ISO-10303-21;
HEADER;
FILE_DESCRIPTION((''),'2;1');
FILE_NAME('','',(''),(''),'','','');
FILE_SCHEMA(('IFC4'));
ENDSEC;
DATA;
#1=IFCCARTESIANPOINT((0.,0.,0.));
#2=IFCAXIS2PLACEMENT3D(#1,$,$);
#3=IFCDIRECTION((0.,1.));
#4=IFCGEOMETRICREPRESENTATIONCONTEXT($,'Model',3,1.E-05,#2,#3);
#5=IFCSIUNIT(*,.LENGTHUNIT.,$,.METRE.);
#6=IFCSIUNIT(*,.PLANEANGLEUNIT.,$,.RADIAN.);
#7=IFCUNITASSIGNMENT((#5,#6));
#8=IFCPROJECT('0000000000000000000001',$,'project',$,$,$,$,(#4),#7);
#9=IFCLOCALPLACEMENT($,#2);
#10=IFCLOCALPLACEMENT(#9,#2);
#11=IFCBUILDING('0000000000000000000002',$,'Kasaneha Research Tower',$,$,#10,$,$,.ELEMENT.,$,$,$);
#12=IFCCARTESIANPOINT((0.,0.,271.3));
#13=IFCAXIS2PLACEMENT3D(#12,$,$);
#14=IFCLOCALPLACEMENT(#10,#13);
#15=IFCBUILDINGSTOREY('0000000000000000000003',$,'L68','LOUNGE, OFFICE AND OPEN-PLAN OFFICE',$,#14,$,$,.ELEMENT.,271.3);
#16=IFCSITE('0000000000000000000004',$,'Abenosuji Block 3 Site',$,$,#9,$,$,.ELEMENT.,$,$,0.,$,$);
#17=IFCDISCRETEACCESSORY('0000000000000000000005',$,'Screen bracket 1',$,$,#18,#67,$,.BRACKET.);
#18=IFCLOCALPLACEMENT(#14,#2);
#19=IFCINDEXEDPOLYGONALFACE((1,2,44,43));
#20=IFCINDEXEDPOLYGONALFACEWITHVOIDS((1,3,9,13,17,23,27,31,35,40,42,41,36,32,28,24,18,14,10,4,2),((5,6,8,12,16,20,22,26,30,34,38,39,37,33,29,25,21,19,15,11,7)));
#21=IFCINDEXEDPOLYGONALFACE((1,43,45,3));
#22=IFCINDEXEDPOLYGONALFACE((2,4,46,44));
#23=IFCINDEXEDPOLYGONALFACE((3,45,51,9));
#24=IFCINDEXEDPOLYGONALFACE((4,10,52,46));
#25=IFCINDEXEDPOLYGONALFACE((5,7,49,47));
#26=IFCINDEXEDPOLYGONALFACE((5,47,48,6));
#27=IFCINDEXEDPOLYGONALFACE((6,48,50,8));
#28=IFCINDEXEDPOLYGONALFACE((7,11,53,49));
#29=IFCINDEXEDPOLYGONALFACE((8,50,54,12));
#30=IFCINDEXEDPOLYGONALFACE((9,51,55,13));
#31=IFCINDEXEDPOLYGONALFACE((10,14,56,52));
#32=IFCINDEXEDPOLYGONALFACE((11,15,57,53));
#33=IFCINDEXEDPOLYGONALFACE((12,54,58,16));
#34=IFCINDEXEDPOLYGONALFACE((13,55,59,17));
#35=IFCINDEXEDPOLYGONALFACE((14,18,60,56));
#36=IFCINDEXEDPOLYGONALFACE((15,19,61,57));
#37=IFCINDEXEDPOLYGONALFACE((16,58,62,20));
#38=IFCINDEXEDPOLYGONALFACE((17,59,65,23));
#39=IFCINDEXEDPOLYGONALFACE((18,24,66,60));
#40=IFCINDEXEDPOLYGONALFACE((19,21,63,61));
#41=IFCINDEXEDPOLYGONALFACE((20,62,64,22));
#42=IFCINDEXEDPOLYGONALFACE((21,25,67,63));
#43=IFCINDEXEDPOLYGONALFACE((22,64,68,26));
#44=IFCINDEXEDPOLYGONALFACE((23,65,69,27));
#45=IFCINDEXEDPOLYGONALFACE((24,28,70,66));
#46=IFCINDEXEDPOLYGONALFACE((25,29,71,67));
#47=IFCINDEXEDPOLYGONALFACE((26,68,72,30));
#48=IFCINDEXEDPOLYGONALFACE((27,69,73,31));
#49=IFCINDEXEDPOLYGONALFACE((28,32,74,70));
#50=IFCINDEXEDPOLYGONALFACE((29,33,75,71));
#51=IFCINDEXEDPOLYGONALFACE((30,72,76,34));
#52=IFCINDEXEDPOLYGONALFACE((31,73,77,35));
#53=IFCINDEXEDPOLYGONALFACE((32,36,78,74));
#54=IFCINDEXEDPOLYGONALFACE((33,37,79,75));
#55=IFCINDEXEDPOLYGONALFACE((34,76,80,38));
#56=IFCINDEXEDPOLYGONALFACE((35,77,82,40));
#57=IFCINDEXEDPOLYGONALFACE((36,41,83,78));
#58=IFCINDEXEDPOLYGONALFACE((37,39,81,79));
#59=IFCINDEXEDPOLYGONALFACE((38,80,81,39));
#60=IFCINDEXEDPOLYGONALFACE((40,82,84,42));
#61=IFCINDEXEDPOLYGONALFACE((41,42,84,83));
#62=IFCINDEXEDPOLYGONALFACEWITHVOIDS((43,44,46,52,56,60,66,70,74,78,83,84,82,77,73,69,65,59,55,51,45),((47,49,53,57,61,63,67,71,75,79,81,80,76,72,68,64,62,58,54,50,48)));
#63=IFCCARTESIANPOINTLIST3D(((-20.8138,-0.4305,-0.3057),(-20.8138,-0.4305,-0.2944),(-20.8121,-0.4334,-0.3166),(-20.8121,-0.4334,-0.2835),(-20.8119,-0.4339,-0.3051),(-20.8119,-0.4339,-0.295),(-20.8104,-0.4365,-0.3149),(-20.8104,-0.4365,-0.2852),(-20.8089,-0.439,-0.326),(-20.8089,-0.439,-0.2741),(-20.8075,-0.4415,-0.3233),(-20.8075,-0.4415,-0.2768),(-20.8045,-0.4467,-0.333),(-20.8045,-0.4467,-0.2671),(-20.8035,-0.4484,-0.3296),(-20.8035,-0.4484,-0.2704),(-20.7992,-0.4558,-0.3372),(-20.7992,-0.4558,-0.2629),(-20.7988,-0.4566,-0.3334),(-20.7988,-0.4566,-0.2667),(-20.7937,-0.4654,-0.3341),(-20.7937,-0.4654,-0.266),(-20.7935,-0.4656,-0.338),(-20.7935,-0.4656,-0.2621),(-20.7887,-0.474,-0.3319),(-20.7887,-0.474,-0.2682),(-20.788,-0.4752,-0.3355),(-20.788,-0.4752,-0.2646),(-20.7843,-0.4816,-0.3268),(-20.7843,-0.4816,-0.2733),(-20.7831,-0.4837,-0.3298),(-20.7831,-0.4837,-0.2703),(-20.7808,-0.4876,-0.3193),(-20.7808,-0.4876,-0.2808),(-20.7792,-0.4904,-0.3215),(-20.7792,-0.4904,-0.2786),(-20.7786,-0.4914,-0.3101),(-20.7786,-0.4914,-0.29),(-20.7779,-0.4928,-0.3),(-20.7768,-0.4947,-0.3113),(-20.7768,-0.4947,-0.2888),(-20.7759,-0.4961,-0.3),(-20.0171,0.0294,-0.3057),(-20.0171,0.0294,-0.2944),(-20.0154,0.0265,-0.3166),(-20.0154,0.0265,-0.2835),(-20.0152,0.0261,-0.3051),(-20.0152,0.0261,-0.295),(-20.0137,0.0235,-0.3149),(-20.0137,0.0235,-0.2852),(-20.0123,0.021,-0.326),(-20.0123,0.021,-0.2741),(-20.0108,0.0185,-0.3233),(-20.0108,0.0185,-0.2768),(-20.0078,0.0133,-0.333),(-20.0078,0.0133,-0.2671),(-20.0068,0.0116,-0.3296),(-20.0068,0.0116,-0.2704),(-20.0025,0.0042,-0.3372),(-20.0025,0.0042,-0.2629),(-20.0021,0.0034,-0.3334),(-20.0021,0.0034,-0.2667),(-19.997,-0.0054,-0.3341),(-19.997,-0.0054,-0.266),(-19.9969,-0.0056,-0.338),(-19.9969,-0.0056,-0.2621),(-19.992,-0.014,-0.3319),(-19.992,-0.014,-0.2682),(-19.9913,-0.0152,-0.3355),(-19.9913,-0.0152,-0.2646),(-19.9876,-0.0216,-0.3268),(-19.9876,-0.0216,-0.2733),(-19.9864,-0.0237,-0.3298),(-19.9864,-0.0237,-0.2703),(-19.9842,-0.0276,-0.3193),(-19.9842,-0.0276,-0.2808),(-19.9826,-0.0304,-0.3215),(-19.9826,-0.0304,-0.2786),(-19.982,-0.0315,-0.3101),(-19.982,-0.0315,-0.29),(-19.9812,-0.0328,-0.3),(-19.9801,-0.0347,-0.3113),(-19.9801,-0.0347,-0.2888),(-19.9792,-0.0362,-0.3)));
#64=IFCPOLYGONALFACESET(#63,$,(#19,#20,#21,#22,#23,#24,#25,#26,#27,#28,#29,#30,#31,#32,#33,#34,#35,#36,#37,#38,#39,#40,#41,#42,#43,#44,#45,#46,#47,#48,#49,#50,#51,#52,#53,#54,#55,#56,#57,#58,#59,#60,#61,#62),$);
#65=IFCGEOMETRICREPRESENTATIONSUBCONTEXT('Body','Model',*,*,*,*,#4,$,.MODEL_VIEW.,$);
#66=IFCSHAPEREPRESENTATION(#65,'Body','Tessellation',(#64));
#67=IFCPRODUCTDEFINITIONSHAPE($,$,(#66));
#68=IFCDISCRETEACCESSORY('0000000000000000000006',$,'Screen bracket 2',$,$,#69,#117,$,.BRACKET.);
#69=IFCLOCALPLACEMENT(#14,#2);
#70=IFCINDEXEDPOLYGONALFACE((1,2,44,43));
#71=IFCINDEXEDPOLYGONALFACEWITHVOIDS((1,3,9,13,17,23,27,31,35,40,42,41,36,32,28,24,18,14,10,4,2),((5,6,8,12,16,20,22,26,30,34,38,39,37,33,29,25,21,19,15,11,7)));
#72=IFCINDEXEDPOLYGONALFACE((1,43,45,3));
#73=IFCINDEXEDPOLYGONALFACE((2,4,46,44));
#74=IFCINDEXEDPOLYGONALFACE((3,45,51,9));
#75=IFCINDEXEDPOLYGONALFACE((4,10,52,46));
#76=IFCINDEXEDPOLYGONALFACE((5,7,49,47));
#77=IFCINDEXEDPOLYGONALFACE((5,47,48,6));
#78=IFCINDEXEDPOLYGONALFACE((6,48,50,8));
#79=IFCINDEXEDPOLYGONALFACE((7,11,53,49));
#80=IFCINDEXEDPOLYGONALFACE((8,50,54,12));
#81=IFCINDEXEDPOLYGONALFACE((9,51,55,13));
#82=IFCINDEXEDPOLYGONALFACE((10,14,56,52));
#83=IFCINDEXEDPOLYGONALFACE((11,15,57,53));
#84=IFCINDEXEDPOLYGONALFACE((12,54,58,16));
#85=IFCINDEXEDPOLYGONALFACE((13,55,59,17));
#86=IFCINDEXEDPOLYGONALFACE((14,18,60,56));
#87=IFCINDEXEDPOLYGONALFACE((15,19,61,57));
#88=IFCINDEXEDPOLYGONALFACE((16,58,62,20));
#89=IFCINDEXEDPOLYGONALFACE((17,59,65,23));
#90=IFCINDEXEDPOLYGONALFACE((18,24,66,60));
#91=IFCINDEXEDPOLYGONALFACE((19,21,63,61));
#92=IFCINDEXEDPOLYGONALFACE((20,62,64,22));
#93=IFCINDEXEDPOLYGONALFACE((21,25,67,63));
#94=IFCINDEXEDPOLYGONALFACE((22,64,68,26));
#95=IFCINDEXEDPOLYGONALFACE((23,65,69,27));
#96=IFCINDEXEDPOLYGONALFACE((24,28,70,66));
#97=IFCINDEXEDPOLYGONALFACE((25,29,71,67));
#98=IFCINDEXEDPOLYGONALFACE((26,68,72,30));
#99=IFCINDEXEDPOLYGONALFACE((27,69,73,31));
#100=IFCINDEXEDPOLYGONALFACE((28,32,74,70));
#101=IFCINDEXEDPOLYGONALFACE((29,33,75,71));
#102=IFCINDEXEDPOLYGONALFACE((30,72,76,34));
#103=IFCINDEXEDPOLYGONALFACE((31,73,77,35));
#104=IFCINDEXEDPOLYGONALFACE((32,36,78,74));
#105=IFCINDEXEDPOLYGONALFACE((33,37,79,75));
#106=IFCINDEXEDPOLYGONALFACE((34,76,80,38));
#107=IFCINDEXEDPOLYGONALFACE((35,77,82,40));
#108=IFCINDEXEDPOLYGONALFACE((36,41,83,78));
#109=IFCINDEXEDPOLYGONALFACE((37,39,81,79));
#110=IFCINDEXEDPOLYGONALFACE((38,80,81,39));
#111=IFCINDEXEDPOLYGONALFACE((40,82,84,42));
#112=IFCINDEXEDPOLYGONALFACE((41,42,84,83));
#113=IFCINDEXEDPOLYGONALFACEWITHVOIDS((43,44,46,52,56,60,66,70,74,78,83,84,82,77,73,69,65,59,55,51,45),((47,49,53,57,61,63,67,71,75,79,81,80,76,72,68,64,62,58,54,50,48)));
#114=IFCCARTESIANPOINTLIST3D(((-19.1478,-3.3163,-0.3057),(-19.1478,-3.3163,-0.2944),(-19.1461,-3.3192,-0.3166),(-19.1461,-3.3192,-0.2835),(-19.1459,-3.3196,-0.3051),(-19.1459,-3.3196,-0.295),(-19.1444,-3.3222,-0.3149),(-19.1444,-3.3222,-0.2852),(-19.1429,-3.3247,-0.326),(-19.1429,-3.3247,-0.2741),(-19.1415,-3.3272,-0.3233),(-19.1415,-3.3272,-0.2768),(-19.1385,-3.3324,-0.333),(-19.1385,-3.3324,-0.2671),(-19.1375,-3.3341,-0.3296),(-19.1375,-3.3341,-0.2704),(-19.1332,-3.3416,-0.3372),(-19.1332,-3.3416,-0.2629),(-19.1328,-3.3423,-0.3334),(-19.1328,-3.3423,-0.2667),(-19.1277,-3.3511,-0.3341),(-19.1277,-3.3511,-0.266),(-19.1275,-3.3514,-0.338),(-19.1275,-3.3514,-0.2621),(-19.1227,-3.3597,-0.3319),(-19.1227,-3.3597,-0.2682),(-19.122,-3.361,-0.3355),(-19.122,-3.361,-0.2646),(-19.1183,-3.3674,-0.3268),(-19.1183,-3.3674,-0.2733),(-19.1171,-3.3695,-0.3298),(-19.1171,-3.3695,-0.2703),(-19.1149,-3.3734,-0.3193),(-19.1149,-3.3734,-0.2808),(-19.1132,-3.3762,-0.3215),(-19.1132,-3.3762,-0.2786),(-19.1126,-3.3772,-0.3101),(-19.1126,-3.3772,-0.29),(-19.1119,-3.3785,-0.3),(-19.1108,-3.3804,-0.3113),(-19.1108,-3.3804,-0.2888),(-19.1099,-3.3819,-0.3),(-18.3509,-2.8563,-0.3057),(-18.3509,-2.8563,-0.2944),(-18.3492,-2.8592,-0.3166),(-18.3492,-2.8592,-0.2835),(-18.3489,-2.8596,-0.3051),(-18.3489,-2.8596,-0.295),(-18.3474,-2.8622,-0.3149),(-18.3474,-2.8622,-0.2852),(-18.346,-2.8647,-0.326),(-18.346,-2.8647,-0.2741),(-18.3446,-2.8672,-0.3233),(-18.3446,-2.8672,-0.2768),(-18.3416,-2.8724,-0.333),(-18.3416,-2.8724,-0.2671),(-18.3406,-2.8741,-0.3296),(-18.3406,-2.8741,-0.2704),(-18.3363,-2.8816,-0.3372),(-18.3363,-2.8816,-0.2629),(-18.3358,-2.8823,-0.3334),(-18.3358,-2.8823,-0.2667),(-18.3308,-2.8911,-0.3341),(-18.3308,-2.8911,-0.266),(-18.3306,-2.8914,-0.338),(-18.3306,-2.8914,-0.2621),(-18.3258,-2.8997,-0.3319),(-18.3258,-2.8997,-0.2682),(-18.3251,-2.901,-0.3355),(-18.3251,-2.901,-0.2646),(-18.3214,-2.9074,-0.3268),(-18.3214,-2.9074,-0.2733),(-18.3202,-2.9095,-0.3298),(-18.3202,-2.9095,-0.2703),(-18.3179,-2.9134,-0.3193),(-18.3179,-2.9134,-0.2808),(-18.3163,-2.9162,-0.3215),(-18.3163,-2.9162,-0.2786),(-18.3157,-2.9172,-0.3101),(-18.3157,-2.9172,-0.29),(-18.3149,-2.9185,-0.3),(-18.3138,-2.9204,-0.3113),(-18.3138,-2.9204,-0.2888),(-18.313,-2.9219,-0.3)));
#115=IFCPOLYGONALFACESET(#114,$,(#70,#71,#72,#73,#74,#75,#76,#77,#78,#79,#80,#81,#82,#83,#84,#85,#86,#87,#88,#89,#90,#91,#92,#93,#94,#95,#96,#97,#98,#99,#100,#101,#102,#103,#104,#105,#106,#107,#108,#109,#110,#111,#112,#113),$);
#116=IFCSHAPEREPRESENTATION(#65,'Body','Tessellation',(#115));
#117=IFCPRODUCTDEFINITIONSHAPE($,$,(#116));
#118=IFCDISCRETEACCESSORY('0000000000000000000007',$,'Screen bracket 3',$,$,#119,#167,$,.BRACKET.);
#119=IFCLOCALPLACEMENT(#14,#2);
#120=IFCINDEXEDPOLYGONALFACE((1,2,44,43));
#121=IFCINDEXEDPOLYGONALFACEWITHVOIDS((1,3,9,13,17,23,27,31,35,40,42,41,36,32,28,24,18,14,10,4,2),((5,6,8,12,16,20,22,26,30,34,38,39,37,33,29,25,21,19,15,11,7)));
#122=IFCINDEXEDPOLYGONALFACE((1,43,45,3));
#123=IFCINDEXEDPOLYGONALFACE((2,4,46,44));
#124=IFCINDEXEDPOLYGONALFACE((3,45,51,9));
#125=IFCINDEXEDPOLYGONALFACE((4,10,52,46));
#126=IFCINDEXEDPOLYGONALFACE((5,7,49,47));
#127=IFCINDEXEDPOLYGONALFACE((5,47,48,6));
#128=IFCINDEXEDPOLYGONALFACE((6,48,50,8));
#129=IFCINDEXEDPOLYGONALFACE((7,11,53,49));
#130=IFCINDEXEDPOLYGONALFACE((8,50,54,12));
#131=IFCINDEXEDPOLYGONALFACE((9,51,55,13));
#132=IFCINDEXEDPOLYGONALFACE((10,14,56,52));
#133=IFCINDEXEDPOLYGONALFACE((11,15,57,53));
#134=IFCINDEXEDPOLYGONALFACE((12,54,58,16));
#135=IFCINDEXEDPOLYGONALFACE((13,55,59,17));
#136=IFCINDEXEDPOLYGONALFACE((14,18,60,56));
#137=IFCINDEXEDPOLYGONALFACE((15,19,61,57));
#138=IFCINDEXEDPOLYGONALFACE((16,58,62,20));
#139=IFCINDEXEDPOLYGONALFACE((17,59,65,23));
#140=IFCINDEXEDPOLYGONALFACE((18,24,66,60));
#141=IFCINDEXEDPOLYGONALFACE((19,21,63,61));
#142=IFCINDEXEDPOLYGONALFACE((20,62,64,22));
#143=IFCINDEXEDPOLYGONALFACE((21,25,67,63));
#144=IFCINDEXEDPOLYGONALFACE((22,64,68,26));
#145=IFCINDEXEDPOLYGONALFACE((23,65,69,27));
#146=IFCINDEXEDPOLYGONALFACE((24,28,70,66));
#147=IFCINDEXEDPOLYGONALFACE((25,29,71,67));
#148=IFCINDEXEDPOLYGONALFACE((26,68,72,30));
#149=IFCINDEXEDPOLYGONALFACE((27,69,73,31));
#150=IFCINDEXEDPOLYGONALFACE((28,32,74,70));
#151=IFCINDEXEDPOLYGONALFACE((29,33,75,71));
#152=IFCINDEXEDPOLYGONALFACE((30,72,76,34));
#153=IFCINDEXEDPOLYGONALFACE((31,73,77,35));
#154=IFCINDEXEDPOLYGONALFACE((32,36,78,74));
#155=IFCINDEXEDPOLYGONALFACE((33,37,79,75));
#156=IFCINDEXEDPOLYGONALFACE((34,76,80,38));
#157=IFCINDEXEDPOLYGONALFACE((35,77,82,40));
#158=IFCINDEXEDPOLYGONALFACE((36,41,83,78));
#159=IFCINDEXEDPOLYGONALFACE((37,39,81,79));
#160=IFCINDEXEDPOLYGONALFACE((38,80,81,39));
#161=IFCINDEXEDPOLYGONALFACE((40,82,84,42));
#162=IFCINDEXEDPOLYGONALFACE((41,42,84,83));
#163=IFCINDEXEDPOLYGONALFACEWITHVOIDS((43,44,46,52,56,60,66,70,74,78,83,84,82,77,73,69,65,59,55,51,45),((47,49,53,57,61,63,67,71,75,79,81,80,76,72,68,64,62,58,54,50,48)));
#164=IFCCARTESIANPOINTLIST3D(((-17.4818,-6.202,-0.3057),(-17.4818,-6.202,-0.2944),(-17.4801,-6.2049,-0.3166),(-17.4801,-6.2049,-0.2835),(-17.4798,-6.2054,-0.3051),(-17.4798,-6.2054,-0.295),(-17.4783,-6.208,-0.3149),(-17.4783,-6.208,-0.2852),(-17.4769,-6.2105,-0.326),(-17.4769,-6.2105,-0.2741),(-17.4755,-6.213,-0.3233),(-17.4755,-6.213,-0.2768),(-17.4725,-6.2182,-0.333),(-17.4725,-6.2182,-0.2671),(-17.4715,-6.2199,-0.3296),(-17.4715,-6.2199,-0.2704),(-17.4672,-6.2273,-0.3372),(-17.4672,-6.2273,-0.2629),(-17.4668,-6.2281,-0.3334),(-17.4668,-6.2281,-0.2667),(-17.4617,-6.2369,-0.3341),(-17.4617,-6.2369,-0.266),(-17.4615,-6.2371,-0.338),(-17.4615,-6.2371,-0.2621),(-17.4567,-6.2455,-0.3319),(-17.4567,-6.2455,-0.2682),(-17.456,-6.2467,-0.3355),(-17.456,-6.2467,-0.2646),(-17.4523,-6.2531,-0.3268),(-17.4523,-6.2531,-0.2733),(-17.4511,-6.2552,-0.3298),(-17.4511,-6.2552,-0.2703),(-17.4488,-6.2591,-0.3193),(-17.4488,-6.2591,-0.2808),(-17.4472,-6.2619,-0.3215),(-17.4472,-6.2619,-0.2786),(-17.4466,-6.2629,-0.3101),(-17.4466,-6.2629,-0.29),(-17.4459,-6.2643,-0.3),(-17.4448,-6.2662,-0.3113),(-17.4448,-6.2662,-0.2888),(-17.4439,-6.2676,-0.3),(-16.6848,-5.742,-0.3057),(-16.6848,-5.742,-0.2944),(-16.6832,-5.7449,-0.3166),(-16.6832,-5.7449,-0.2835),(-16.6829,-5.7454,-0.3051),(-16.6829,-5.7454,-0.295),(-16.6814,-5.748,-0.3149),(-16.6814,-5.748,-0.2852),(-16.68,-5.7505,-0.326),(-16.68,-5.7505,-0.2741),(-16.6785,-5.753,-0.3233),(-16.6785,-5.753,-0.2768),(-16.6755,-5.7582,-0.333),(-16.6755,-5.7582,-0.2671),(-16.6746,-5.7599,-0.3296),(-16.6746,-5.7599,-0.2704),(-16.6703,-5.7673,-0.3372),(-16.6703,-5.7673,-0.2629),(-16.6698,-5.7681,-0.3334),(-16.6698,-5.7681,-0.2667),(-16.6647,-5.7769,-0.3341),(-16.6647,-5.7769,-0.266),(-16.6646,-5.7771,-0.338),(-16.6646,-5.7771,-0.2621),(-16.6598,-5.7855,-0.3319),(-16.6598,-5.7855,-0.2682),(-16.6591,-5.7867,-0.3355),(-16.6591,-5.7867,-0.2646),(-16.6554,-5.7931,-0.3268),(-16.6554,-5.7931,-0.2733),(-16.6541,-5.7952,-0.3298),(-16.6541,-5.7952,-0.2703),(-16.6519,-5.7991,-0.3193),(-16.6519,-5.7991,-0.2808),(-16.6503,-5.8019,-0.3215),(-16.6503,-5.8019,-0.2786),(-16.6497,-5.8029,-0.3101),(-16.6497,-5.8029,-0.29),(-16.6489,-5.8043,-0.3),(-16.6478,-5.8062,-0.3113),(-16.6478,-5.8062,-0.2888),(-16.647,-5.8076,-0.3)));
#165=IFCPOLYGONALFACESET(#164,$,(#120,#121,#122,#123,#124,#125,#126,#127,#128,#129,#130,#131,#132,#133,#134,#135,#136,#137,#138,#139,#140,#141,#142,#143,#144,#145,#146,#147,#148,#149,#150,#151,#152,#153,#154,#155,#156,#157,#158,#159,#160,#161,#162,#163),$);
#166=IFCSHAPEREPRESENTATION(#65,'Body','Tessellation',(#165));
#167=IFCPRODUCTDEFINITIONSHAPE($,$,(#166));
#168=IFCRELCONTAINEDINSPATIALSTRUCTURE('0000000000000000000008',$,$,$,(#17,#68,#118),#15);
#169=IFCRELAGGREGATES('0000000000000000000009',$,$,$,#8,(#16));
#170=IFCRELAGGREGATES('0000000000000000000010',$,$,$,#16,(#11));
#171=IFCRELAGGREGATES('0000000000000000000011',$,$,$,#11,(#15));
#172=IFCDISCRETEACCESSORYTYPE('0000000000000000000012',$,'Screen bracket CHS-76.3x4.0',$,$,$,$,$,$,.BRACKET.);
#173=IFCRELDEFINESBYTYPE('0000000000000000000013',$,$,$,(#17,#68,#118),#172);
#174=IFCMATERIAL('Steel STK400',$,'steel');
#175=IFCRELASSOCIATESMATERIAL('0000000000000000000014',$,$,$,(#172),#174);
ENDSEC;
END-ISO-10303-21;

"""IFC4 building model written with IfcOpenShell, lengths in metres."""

from ifc_helpers import new_model, si_unit, direction, frame, origin, origin_2d, place, context, subcontext, project, spatial, hollow_circle, extrude, material, material_profile, profile_set, type_object, element, save


model = new_model("IFC4")

# Units and contexts
model_context = context("Model", 3, precision=1e-05, world=origin(), true_north=direction((0.0, 1.0)))
body_context = subcontext(model_context, "Body", "Model", "MODEL_VIEW")
ifc_project = project(units=[si_unit("LENGTHUNIT", "METRE"), si_unit("PLANEANGLEUNIT", "RADIAN")], contexts=[model_context])

# Site, building, storey
site_placement = place(None, origin())
site = spatial("IfcSite", under=ifc_project, at=site_placement, Name="Abenosuji Block 3 Site", CompositionType="ELEMENT", RefElevation=0.0)
building_placement = place(site_placement, origin())
building = spatial("IfcBuilding", under=site, at=building_placement, Name="Kasaneha Research Tower", CompositionType="ELEMENT")
storey_placement = place(building_placement, frame((0.0, 0.0, 271.3)))
storey = spatial("IfcBuildingStorey", under=building, at=storey_placement, Name="L68", Description="LOUNGE, OFFICE AND OPEN-PLAN OFFICE", CompositionType="ELEMENT", Elevation=271.3)

# Discrete accessories
ifc_material_1 = material(Name="Steel STK400", Category="steel")
ifc_material_profile_1 = material_profile(ifc_material_1, hollow_circle(Radius=0.0381, WallThickness=0.0039, at=origin_2d()), Name="CHS-76.3x4.0")
ifc_profile_set_1 = profile_set([ifc_material_profile_1], Name="Steel STK400")
discrete_accessory_type = type_object("IfcDiscreteAccessoryType", Name="Screen bracket CHS-76.3x4.0", PredefinedType="BRACKET", material=ifc_profile_set_1)
discrete_accessory_placement = place(storey_placement, frame((-19.9983, -0.0032, -0.3), z_axis=(-0.866013, -0.500021, 0.0), x_axis=(0.500021, -0.866013, 0.0)))
element("IfcDiscreteAccessory", 1, at=discrete_accessory_placement, inside=storey, type_object=discrete_accessory_type, Name="Screen bracket 1", PredefinedType="BRACKET", context=body_context, shape_type="SweptSolid", body=[
    extrude(hollow_circle(Radius=0.0381, WallThickness=0.0039, at=origin_2d()), origin(), (0.0, 0.0, 1.0), 0.9199),
])
for number, where, z_axis, x_axis, name in (
    (2, (-18.332, -2.8889, -0.3), (-0.86608, -0.499906, 0.0), (0.499906, -0.86608, 0.0), "Screen bracket 2"),
    (3, (-16.666, -5.7747, -0.3), (-0.86608, -0.499906, 0.0), (0.499906, -0.86608, 0.0), "Screen bracket 3"),
):
    element("IfcDiscreteAccessory", number, at=place(storey_placement, frame(where, z_axis=z_axis, x_axis=x_axis)), inside=storey, type_object=discrete_accessory_type, Name=name, PredefinedType="BRACKET", context=body_context, shape_type="SweptSolid", body=[
        extrude(hollow_circle(Radius=0.0381, WallThickness=0.0039, at=origin_2d()), origin(), (0.0, 0.0, 1.0), 0.9202),
    ])

save(model, "model.ifc")
